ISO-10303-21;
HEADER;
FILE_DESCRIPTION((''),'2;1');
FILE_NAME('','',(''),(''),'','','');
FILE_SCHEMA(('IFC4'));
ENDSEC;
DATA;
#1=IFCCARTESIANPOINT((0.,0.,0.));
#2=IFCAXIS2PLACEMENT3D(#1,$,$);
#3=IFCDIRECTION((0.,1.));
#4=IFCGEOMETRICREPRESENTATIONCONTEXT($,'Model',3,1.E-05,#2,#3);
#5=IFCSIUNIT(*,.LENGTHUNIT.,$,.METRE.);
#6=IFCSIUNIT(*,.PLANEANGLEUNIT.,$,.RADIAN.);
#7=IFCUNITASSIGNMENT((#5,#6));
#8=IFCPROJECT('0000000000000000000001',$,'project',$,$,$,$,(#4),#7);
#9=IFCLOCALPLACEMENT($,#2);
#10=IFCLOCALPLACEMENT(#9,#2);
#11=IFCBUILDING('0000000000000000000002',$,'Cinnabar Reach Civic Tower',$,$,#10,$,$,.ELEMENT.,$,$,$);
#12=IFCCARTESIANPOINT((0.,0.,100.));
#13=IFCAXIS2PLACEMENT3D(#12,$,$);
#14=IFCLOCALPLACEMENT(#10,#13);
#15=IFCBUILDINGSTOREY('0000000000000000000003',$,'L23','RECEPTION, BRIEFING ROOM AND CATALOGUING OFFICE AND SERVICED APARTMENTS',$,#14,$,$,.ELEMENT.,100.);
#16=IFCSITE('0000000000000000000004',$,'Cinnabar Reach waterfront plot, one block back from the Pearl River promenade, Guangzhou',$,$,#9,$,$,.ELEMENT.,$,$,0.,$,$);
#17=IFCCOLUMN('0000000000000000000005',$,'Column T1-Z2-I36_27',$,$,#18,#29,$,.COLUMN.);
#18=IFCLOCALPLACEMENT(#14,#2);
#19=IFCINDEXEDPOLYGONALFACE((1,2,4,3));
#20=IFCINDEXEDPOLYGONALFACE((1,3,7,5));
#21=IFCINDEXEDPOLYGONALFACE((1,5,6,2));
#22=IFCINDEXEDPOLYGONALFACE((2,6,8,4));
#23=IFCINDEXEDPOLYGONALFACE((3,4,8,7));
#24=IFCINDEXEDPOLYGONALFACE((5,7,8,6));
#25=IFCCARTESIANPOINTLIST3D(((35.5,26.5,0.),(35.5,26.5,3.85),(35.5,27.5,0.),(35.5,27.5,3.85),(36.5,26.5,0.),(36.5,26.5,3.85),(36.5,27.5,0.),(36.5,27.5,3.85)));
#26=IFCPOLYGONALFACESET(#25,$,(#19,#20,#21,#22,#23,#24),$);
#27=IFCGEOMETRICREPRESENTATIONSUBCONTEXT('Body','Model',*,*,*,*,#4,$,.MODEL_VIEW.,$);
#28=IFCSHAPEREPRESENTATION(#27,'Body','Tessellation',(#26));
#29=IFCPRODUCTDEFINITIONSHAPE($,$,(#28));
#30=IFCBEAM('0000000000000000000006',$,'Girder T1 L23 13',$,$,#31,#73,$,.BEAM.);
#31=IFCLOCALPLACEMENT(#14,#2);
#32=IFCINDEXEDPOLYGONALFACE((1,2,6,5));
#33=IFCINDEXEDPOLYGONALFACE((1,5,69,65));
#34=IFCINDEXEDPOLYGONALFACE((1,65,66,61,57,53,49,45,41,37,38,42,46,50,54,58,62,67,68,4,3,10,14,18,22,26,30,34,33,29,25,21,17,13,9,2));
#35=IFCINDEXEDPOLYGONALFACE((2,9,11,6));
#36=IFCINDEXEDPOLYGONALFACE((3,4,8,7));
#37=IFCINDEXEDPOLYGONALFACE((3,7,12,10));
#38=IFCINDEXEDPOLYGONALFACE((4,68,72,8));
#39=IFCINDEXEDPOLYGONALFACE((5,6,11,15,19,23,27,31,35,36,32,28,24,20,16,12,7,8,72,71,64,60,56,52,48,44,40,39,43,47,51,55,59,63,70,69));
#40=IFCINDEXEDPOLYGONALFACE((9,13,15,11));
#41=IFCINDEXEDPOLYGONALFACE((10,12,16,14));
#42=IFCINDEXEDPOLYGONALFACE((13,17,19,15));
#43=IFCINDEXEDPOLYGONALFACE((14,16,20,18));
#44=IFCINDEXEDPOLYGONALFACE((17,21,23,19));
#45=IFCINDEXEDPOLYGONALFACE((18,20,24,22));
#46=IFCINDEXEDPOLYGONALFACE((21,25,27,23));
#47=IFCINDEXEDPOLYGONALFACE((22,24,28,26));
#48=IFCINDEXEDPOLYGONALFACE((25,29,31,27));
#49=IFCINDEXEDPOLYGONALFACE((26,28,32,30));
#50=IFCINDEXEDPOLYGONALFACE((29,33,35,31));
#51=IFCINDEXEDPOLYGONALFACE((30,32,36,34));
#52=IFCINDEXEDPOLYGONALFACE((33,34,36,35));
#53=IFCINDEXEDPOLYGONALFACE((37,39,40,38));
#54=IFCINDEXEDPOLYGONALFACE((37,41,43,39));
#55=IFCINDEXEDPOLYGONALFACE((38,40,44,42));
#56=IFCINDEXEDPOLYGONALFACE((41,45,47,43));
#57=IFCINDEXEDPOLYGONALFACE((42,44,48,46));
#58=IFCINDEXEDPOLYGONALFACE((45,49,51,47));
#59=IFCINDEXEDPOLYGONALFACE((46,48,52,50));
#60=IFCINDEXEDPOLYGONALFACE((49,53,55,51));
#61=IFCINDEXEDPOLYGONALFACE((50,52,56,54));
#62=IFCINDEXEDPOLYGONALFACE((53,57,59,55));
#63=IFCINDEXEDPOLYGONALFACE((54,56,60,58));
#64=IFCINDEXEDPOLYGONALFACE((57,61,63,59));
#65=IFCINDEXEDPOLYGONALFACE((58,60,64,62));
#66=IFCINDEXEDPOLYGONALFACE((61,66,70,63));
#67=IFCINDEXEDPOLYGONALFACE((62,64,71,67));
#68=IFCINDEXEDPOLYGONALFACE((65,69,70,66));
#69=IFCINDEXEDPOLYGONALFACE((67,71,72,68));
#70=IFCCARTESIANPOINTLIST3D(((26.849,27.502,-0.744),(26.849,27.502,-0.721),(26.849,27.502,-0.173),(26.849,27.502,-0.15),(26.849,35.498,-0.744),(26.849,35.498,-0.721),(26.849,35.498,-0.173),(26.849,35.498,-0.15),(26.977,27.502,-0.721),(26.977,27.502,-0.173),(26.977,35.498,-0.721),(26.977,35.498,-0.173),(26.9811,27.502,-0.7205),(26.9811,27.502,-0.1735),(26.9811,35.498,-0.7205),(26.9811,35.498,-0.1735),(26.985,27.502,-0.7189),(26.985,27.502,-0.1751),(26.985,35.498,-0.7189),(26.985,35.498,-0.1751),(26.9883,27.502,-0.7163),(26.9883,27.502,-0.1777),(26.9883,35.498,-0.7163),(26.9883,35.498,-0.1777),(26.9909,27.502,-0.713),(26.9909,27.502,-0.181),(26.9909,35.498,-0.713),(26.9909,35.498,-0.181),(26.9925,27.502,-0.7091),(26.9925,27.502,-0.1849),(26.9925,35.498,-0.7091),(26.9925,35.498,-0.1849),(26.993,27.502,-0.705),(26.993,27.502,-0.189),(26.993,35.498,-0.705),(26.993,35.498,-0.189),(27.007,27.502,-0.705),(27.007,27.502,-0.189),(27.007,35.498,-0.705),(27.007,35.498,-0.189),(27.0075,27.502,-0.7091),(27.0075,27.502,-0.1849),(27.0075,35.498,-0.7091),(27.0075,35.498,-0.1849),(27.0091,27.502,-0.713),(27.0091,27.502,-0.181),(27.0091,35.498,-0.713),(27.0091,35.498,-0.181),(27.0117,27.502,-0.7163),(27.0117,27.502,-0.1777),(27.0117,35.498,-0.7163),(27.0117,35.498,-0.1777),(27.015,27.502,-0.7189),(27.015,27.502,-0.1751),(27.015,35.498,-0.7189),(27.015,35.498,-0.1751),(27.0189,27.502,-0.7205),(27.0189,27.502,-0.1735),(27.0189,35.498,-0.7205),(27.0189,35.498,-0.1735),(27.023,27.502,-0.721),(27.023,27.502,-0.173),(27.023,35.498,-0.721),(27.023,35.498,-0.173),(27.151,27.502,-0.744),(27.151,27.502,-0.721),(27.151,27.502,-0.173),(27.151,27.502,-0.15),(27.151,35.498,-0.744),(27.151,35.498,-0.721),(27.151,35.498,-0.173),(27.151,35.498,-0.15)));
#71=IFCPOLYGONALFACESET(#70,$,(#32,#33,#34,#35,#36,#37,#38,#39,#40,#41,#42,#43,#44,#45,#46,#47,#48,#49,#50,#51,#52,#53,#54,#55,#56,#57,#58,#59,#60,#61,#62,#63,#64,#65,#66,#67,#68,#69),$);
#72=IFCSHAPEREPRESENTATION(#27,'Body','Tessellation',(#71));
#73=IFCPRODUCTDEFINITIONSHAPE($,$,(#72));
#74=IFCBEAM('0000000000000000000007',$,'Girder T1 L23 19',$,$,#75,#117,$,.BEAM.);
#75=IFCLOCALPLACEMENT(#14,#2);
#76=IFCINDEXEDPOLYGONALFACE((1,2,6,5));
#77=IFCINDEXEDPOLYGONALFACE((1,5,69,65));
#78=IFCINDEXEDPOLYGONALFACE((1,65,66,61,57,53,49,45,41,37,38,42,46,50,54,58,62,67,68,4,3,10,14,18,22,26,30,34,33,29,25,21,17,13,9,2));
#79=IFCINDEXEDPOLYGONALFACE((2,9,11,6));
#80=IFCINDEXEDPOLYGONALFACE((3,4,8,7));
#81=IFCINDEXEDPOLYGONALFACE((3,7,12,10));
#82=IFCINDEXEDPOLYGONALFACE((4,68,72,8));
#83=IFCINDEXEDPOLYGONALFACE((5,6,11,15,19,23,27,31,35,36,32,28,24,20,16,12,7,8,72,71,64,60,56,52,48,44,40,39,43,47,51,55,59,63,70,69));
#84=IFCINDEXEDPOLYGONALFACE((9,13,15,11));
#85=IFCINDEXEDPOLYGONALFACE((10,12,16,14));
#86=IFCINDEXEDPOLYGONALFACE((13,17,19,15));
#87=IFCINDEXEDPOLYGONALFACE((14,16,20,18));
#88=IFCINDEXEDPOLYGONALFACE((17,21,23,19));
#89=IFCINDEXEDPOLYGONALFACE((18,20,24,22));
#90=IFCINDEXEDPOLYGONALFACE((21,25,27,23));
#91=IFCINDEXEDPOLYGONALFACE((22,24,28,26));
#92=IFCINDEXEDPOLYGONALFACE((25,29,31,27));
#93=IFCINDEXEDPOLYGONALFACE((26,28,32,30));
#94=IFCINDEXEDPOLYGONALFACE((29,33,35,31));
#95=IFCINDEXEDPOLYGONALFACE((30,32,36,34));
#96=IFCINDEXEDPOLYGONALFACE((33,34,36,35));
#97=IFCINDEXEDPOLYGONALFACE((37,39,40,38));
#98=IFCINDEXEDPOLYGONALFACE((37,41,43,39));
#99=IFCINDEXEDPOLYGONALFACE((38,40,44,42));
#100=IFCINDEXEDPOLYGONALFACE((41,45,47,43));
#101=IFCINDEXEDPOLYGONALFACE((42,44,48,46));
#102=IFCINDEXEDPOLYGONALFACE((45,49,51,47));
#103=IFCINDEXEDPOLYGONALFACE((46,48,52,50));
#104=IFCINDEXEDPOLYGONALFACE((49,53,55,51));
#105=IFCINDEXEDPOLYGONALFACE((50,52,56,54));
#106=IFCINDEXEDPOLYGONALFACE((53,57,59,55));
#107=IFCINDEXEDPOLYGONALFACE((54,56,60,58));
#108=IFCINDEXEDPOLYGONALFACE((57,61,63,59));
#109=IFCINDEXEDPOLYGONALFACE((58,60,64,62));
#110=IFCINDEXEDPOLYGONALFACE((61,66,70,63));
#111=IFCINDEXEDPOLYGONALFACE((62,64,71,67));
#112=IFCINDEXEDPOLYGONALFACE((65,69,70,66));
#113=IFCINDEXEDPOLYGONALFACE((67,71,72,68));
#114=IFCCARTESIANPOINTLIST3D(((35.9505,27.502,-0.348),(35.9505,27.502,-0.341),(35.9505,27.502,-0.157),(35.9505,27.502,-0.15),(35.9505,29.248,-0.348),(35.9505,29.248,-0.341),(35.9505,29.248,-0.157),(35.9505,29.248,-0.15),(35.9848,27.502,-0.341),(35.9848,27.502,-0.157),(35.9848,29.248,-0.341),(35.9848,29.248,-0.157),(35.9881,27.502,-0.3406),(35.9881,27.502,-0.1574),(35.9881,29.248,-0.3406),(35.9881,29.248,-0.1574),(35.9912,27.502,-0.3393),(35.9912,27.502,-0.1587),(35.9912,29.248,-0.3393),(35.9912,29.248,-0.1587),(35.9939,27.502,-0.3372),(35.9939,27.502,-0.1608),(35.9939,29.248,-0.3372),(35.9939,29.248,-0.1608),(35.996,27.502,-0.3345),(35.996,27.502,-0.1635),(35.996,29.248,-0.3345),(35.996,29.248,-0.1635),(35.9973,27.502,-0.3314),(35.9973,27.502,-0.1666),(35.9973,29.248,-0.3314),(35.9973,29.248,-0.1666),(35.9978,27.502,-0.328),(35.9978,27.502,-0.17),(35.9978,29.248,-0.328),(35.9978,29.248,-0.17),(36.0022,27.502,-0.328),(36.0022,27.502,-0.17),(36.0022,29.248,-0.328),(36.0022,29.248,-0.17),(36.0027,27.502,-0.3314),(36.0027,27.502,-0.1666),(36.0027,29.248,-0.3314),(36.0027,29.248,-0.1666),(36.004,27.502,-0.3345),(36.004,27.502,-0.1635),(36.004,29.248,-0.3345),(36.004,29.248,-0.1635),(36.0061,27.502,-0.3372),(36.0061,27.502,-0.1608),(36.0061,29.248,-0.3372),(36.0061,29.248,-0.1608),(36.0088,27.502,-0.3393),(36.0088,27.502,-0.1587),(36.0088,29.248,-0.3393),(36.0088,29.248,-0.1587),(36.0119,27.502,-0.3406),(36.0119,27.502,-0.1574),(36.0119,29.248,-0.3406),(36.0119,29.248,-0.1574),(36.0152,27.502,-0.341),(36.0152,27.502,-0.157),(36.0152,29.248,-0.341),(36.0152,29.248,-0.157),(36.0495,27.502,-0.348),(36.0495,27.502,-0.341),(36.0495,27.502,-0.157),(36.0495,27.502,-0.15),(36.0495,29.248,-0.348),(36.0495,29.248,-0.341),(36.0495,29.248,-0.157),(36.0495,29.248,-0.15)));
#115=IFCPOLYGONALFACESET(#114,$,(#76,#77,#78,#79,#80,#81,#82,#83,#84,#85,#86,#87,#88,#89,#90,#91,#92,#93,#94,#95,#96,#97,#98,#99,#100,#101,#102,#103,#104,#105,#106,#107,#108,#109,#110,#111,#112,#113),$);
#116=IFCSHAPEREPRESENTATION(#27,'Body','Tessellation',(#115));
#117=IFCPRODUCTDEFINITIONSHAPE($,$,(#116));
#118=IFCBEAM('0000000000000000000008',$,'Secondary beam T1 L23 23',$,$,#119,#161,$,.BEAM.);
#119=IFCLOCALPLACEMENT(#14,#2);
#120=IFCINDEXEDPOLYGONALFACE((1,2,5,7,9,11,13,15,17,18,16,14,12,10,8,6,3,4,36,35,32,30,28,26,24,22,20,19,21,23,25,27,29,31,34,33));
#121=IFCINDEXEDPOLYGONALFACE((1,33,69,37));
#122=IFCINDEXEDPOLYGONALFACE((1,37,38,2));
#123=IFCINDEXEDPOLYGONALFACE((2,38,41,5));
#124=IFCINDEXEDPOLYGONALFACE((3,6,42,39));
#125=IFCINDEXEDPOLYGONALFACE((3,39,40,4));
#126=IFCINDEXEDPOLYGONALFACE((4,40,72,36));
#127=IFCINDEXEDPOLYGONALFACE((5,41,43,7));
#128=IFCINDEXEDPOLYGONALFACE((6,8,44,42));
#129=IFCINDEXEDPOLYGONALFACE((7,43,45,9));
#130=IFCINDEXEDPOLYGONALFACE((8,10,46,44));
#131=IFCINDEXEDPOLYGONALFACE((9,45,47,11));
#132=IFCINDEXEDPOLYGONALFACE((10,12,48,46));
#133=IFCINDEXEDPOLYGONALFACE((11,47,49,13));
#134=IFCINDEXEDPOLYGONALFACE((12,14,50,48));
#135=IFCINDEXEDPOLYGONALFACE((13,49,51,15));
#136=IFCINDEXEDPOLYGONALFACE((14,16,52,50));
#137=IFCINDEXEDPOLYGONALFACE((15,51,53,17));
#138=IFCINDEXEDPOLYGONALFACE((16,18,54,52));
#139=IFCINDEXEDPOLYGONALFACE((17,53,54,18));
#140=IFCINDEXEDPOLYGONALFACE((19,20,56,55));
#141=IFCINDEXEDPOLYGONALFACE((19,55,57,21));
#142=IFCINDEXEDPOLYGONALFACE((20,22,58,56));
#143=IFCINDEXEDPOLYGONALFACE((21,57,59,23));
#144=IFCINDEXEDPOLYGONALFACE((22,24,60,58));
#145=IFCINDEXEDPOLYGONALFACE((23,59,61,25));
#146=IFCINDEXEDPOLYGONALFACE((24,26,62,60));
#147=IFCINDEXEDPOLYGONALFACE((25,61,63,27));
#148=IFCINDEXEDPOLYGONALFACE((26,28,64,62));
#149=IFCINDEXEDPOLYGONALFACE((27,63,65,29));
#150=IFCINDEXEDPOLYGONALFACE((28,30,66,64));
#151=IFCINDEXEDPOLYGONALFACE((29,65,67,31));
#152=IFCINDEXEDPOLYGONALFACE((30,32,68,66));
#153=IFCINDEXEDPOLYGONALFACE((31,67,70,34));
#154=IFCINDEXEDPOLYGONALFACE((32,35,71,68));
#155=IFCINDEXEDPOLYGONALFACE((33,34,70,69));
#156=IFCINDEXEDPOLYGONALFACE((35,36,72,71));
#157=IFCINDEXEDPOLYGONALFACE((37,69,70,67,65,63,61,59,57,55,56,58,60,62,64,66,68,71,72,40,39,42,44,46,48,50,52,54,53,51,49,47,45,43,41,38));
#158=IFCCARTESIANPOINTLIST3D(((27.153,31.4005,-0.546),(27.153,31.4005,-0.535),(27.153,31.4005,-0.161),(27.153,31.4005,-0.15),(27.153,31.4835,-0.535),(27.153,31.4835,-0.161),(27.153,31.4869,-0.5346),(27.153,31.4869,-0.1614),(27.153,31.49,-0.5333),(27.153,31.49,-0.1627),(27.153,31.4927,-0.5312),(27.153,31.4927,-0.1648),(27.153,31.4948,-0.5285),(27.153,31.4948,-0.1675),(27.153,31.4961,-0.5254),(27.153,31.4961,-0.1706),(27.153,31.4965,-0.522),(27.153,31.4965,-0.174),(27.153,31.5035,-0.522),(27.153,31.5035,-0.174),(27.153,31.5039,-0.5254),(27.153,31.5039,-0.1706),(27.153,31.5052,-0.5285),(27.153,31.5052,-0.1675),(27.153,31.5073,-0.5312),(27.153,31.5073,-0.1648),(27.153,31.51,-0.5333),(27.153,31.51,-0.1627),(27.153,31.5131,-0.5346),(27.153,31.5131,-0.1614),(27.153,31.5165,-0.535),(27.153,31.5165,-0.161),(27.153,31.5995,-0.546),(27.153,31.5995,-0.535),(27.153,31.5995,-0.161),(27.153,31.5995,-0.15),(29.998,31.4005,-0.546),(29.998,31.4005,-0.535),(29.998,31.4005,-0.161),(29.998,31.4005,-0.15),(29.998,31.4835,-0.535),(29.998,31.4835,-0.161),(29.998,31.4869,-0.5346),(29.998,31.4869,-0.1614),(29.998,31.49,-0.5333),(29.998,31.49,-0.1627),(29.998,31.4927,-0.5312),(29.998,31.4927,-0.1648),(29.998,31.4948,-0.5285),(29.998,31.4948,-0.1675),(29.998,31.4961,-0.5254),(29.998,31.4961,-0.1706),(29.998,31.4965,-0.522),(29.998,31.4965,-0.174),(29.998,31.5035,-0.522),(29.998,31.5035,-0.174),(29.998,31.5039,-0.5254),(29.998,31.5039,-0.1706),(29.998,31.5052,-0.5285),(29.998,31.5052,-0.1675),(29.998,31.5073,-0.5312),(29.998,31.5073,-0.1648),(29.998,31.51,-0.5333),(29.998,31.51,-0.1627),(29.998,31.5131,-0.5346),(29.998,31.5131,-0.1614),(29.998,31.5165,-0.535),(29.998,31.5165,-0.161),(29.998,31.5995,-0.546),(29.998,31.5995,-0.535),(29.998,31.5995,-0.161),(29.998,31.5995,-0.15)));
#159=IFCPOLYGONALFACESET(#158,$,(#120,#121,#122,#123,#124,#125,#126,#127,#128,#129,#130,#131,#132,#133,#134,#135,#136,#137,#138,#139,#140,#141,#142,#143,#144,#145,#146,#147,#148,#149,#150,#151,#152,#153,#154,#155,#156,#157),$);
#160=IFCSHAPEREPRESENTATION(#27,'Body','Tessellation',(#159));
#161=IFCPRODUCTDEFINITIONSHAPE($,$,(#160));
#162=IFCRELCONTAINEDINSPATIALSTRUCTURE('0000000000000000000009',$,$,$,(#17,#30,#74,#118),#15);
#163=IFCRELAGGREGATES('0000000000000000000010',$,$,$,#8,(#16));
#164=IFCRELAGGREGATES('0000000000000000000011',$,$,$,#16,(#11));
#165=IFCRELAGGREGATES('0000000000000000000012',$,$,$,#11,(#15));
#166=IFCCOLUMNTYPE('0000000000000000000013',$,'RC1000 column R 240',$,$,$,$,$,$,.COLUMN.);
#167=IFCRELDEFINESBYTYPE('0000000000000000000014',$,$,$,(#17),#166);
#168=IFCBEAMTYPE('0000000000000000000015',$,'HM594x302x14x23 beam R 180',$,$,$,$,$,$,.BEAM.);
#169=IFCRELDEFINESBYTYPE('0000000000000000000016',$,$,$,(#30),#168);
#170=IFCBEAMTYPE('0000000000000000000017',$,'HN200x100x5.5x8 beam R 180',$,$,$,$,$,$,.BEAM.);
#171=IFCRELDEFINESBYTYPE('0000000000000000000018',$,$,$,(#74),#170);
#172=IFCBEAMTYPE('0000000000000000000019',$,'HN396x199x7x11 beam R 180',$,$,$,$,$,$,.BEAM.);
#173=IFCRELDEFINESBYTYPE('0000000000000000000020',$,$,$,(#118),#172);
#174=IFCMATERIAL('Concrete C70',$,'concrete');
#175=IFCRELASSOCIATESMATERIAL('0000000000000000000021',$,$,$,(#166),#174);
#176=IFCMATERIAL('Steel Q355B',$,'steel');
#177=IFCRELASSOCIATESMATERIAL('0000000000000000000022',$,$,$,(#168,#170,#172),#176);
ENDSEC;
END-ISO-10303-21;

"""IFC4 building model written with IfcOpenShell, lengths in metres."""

from ifc_helpers import new_model, si_unit, direction, frame, origin, origin_2d, place, context, subcontext, project, spatial, rectangle, i_section, extrude, material, material_profile, profile_set, type_object, element, save


model = new_model("IFC4")

# Units and contexts
model_context = context("Model", 3, precision=1e-05, world=origin(), true_north=direction((0.0, 1.0)))
body_context = subcontext(model_context, "Body", "Model", "MODEL_VIEW")
ifc_project = project(units=[si_unit("LENGTHUNIT", "METRE"), si_unit("PLANEANGLEUNIT", "RADIAN")], contexts=[model_context])

# Site, building, storey
site_placement = place(None, origin())
site = spatial("IfcSite", under=ifc_project, at=site_placement, Name="Cinnabar Reach waterfront plot, one block back from the Pearl River promenade, Guangzhou", CompositionType="ELEMENT", RefElevation=0.0)
building_placement = place(site_placement, origin())
building = spatial("IfcBuilding", under=site, at=building_placement, Name="Cinnabar Reach Civic Tower", CompositionType="ELEMENT")
storey_placement = place(building_placement, frame((0.0, 0.0, 100.0)))
storey = spatial("IfcBuildingStorey", under=building, at=storey_placement, Name="L23", Description="RECEPTION, BRIEFING ROOM AND CATALOGUING OFFICE AND SERVICED APARTMENTS", CompositionType="ELEMENT", Elevation=100.0)

# Column
ifc_material_1 = material(Name="Concrete C70", Category="concrete")
ifc_material_profile_1 = material_profile(ifc_material_1, rectangle(XDim=1.0, YDim=1.0, at=origin_2d()), Name="RC1000")
ifc_profile_set_1 = profile_set([ifc_material_profile_1], Name="Concrete C70")
column_type = type_object("IfcColumnType", Name="RC1000 column R 240", PredefinedType="COLUMN", material=ifc_profile_set_1)
column_placement = place(storey_placement, frame((36.0, 27.0, 0.0), z_axis=(0.0, 0.0, 1.0), x_axis=(1.0, 0.0, 0.0)))
element("IfcColumn", 1, at=column_placement, inside=storey, type_object=column_type, Name="Column T1-Z2-I36_27", PredefinedType="COLUMN", context=body_context, shape_type="SweptSolid", body=[
    extrude(rectangle(XDim=1.0, YDim=1.0, at=origin_2d()), origin(), (0.0, 0.0, 1.0), 3.85),
])

# Beams
ifc_material_2 = material(Name="Steel Q355B", Category="steel")
ifc_material_profile_2 = material_profile(ifc_material_2, i_section(OverallWidth=0.302, OverallDepth=0.594, WebThickness=0.014, FlangeThickness=0.023, FilletRadius=0.016, at=origin_2d()), Name="HM594x302x14x23")
ifc_profile_set_2 = profile_set([ifc_material_profile_2], Name="Steel Q355B")
beam_type_1 = type_object("IfcBeamType", Name="HM594x302x14x23 beam R 180", PredefinedType="BEAM", material=ifc_profile_set_2)
beam_1_placement = place(storey_placement, frame((27.0, 27.502, -0.447), z_axis=(0.0, 1.0, 0.0), x_axis=(-1.0, 0.0, 0.0)))
element("IfcBeam", 2, at=beam_1_placement, inside=storey, type_object=beam_type_1, Name="Girder T1 L23 13", PredefinedType="BEAM", context=body_context, shape_type="SweptSolid", body=[
    extrude(i_section(OverallWidth=0.302, OverallDepth=0.594, WebThickness=0.014, FlangeThickness=0.023, FilletRadius=0.016, at=origin_2d()), origin(), (0.0, 0.0, 1.0), 7.996),
])
ifc_material_profile_3 = material_profile(ifc_material_2, i_section(OverallWidth=0.099, OverallDepth=0.198, WebThickness=0.0045, FlangeThickness=0.007, FilletRadius=0.013, at=origin_2d()), Name="HN200x100x5.5x8")
ifc_profile_set_3 = profile_set([ifc_material_profile_3], Name="Steel Q355B")
beam_type_2 = type_object("IfcBeamType", Name="HN200x100x5.5x8 beam R 180", PredefinedType="BEAM", material=ifc_profile_set_3)
beam_2_placement = place(storey_placement, frame((36.0, 27.502, -0.249), z_axis=(0.0, 1.0, 0.0), x_axis=(-1.0, 0.0, 0.0)))
element("IfcBeam", 3, at=beam_2_placement, inside=storey, type_object=beam_type_2, Name="Girder T1 L23 19", PredefinedType="BEAM", context=body_context, shape_type="SweptSolid", body=[
    extrude(i_section(OverallWidth=0.099, OverallDepth=0.198, WebThickness=0.0045, FlangeThickness=0.007, FilletRadius=0.013, at=origin_2d()), origin(), (0.0, 0.0, 1.0), 1.746),
])
ifc_material_profile_4 = material_profile(ifc_material_2, i_section(OverallWidth=0.199, OverallDepth=0.396, WebThickness=0.007, FlangeThickness=0.011, FilletRadius=0.013, at=origin_2d()), Name="HN396x199x7x11")
ifc_profile_set_4 = profile_set([ifc_material_profile_4], Name="Steel Q355B")
beam_type_3 = type_object("IfcBeamType", Name="HN396x199x7x11 beam R 180", PredefinedType="BEAM", material=ifc_profile_set_4)
beam_3_placement = place(storey_placement, frame((27.153, 31.5, -0.348), z_axis=(1.0, 0.0, 0.0), x_axis=(0.0, 1.0, 0.0)))
element("IfcBeam", 4, at=beam_3_placement, inside=storey, type_object=beam_type_3, Name="Secondary beam T1 L23 23", PredefinedType="BEAM", context=body_context, shape_type="SweptSolid", body=[
    extrude(i_section(OverallWidth=0.199, OverallDepth=0.396, WebThickness=0.007, FlangeThickness=0.011, FilletRadius=0.013, at=origin_2d()), origin(), (0.0, 0.0, 1.0), 2.845),
])

save(model, "model.ifc")
